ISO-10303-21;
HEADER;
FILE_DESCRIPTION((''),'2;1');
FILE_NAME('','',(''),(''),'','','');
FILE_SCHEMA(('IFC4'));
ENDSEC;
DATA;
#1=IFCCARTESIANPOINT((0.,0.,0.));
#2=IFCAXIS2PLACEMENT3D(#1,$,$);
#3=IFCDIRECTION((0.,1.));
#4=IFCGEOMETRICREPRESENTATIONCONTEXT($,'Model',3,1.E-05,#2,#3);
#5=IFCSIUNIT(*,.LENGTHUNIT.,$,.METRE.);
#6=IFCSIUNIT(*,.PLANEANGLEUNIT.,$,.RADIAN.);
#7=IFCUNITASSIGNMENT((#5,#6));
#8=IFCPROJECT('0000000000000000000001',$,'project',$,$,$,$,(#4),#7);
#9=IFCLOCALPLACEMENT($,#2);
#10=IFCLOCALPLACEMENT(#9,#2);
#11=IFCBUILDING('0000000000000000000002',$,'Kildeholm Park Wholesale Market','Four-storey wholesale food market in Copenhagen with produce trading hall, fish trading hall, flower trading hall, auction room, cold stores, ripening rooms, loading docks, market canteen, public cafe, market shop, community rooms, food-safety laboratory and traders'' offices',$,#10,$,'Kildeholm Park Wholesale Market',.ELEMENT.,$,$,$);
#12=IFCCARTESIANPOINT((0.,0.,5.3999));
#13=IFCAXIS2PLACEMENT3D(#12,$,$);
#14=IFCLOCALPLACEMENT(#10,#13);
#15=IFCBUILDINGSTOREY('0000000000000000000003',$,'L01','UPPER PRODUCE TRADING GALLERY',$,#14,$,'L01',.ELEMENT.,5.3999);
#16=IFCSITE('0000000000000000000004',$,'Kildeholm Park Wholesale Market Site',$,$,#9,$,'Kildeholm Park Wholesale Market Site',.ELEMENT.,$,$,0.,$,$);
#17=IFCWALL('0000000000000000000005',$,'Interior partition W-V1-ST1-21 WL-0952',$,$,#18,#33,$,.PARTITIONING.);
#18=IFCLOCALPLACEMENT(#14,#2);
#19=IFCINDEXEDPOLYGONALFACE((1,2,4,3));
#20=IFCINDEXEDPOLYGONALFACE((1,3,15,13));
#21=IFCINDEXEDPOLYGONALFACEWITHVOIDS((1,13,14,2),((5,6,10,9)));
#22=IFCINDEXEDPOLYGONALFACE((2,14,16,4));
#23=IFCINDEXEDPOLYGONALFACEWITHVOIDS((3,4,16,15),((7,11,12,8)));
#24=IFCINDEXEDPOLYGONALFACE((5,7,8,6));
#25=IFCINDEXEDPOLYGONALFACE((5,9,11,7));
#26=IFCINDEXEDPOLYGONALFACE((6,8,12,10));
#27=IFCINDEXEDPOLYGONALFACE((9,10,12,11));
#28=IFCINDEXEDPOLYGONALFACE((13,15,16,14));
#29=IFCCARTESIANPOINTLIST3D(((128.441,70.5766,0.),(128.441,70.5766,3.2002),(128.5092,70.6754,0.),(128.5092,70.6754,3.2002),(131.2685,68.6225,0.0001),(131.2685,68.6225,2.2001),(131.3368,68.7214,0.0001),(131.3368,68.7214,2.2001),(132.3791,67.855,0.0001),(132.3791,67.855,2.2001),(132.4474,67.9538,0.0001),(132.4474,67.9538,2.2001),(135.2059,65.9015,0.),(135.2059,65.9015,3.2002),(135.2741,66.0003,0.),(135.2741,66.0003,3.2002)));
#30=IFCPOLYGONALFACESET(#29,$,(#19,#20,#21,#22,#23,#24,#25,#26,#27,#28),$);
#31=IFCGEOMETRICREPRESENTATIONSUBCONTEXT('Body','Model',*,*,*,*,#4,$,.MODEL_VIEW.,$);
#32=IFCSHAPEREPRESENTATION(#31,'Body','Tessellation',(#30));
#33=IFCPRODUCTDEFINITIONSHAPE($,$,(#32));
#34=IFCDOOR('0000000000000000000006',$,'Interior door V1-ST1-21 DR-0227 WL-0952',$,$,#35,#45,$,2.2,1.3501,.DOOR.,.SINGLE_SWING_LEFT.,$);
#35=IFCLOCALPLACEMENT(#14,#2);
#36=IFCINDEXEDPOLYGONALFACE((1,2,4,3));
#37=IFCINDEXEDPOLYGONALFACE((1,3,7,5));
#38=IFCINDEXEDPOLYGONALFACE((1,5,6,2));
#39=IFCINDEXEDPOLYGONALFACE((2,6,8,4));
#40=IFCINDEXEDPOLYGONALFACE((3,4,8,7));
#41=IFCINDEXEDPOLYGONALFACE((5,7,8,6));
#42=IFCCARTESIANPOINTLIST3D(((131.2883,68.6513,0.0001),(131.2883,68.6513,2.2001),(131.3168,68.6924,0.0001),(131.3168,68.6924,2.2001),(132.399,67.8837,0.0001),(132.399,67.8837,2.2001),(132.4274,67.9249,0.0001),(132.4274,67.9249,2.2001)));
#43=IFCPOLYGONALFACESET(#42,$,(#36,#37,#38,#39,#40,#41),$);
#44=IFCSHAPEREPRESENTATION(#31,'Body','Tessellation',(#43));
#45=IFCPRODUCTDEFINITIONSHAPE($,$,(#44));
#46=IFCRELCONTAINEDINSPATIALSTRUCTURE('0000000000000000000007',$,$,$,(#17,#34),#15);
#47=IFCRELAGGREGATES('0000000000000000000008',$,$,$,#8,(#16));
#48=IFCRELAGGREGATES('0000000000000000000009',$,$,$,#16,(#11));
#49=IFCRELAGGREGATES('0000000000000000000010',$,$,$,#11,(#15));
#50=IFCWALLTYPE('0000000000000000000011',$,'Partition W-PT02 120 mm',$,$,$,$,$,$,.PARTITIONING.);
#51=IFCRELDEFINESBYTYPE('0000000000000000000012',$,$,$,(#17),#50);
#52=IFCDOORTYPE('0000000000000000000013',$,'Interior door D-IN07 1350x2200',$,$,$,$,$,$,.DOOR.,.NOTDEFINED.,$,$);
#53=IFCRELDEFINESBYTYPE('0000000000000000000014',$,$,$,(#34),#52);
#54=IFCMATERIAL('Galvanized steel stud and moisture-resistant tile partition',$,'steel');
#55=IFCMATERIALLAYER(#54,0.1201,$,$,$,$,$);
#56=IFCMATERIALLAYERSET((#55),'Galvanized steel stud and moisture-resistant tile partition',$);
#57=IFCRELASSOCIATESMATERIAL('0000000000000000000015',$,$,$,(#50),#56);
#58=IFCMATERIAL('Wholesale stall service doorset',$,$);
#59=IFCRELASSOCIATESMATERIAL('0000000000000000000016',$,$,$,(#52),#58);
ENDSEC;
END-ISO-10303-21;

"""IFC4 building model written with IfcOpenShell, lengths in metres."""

from ifc_helpers import new_model, si_unit, direction, frame, frame_2d, origin, place, context, subcontext, project, spatial, rectangle, extrude, material, layer, layer_set, type_object, element, fill, save


model = new_model("IFC4")

# Units and contexts
model_context = context("Model", 3, precision=1e-05, world=origin(), true_north=direction((0.0, 1.0)))
body_context = subcontext(model_context, "Body", "Model", "MODEL_VIEW")
ifc_project = project(units=[si_unit("LENGTHUNIT", "METRE"), si_unit("PLANEANGLEUNIT", "RADIAN")], contexts=[model_context])

# Site, building, storey
site_placement = place(None, origin())
site = spatial("IfcSite", under=ifc_project, at=site_placement, Name="Kildeholm Park Wholesale Market Site", LongName="Kildeholm Park Wholesale Market Site", CompositionType="ELEMENT", RefElevation=0.0)
building_placement = place(site_placement, origin())
building = spatial("IfcBuilding", under=site, at=building_placement, Name="Kildeholm Park Wholesale Market", Description="Four-storey wholesale food market in Copenhagen with produce trading hall, fish trading hall, flower trading hall, auction room, cold stores, ripening rooms, loading docks, market canteen, public cafe, market shop, community rooms, food-safety laboratory and traders' offices", LongName="Kildeholm Park Wholesale Market", CompositionType="ELEMENT")
storey_placement = place(building_placement, frame((0.0, 0.0, 5.3999)))
storey = spatial("IfcBuildingStorey", under=building, at=storey_placement, Name="L01", Description="UPPER PRODUCE TRADING GALLERY", LongName="L01", CompositionType="ELEMENT", Elevation=5.3999)

# Wall, opening, door
ifc_material_1 = material(Name="Galvanized steel stud and moisture-resistant tile partition", Category="steel")
ifc_layer_1 = layer(ifc_material_1, 0.1201)
ifc_layer_set_1 = layer_set([ifc_layer_1], Name="Galvanized steel stud and moisture-resistant tile partition")
wall_type = type_object("IfcWallType", Name="Partition W-PT02 120 mm", PredefinedType="PARTITIONING", material=ifc_layer_set_1)
wall_placement = place(storey_placement, frame((128.4751, 70.626, 0.0), z_axis=(0.0, 0.0, 1.0), x_axis=(0.822666, -0.568524, 0.0)))
wall = element("IfcWall", 1, at=wall_placement, inside=storey, type_object=wall_type, Name="Interior partition W-V1-ST1-21 WL-0952", PredefinedType="PARTITIONING", context=body_context, shape_type="SweptSolid", body=[
    extrude(rectangle(XDim=8.2231, YDim=0.1201, at=frame_2d((4.1116, 0.0))), origin(), (0.0, 0.0, 1.0), 3.2002),
])
opening_placement = place(wall_placement, frame((3.437, 0.0, 0.0)))
opening = element("IfcOpeningElement", 2, at=opening_placement, cuts=wall, PredefinedType="OPENING", context=body_context, shape_type="SweptSolid", body=[
    extrude(rectangle(XDim=1.3501, YDim=2.2, at=frame_2d((0.675, 1.1001))), frame((0.0, 0.0701, 0.0), z_axis=(0.0, -1.0, 0.0), x_axis=(1.0, 0.0, 0.0)), (0.0, 0.0, 1.0), 0.1401),
])
ifc_material_2 = material(Name="Wholesale stall service doorset")
door_type = type_object("IfcDoorType", Name="Interior door D-IN07 1350x2200", OperationType="NOTDEFINED", PredefinedType="DOOR", material=ifc_material_2)
door_placement = place(opening_placement, origin())
door = element("IfcDoor", 3, at=door_placement, inside=storey, type_object=door_type, Name="Interior door V1-ST1-21 DR-0227 WL-0952", OperationType="SINGLE_SWING_LEFT", OverallHeight=2.2, OverallWidth=1.3501, PredefinedType="DOOR", context=body_context, shape_type="SweptSolid", body=[
    extrude(rectangle(XDim=1.3501, YDim=2.2, at=frame_2d((0.675, 1.1001))), frame((0.0, 0.0249, 0.0), z_axis=(0.0, -1.0, 0.0), x_axis=(1.0, 0.0, 0.0)), (0.0, 0.0, 1.0), 0.05),
])
fill(opening, door)

save(model, "model.ifc")
